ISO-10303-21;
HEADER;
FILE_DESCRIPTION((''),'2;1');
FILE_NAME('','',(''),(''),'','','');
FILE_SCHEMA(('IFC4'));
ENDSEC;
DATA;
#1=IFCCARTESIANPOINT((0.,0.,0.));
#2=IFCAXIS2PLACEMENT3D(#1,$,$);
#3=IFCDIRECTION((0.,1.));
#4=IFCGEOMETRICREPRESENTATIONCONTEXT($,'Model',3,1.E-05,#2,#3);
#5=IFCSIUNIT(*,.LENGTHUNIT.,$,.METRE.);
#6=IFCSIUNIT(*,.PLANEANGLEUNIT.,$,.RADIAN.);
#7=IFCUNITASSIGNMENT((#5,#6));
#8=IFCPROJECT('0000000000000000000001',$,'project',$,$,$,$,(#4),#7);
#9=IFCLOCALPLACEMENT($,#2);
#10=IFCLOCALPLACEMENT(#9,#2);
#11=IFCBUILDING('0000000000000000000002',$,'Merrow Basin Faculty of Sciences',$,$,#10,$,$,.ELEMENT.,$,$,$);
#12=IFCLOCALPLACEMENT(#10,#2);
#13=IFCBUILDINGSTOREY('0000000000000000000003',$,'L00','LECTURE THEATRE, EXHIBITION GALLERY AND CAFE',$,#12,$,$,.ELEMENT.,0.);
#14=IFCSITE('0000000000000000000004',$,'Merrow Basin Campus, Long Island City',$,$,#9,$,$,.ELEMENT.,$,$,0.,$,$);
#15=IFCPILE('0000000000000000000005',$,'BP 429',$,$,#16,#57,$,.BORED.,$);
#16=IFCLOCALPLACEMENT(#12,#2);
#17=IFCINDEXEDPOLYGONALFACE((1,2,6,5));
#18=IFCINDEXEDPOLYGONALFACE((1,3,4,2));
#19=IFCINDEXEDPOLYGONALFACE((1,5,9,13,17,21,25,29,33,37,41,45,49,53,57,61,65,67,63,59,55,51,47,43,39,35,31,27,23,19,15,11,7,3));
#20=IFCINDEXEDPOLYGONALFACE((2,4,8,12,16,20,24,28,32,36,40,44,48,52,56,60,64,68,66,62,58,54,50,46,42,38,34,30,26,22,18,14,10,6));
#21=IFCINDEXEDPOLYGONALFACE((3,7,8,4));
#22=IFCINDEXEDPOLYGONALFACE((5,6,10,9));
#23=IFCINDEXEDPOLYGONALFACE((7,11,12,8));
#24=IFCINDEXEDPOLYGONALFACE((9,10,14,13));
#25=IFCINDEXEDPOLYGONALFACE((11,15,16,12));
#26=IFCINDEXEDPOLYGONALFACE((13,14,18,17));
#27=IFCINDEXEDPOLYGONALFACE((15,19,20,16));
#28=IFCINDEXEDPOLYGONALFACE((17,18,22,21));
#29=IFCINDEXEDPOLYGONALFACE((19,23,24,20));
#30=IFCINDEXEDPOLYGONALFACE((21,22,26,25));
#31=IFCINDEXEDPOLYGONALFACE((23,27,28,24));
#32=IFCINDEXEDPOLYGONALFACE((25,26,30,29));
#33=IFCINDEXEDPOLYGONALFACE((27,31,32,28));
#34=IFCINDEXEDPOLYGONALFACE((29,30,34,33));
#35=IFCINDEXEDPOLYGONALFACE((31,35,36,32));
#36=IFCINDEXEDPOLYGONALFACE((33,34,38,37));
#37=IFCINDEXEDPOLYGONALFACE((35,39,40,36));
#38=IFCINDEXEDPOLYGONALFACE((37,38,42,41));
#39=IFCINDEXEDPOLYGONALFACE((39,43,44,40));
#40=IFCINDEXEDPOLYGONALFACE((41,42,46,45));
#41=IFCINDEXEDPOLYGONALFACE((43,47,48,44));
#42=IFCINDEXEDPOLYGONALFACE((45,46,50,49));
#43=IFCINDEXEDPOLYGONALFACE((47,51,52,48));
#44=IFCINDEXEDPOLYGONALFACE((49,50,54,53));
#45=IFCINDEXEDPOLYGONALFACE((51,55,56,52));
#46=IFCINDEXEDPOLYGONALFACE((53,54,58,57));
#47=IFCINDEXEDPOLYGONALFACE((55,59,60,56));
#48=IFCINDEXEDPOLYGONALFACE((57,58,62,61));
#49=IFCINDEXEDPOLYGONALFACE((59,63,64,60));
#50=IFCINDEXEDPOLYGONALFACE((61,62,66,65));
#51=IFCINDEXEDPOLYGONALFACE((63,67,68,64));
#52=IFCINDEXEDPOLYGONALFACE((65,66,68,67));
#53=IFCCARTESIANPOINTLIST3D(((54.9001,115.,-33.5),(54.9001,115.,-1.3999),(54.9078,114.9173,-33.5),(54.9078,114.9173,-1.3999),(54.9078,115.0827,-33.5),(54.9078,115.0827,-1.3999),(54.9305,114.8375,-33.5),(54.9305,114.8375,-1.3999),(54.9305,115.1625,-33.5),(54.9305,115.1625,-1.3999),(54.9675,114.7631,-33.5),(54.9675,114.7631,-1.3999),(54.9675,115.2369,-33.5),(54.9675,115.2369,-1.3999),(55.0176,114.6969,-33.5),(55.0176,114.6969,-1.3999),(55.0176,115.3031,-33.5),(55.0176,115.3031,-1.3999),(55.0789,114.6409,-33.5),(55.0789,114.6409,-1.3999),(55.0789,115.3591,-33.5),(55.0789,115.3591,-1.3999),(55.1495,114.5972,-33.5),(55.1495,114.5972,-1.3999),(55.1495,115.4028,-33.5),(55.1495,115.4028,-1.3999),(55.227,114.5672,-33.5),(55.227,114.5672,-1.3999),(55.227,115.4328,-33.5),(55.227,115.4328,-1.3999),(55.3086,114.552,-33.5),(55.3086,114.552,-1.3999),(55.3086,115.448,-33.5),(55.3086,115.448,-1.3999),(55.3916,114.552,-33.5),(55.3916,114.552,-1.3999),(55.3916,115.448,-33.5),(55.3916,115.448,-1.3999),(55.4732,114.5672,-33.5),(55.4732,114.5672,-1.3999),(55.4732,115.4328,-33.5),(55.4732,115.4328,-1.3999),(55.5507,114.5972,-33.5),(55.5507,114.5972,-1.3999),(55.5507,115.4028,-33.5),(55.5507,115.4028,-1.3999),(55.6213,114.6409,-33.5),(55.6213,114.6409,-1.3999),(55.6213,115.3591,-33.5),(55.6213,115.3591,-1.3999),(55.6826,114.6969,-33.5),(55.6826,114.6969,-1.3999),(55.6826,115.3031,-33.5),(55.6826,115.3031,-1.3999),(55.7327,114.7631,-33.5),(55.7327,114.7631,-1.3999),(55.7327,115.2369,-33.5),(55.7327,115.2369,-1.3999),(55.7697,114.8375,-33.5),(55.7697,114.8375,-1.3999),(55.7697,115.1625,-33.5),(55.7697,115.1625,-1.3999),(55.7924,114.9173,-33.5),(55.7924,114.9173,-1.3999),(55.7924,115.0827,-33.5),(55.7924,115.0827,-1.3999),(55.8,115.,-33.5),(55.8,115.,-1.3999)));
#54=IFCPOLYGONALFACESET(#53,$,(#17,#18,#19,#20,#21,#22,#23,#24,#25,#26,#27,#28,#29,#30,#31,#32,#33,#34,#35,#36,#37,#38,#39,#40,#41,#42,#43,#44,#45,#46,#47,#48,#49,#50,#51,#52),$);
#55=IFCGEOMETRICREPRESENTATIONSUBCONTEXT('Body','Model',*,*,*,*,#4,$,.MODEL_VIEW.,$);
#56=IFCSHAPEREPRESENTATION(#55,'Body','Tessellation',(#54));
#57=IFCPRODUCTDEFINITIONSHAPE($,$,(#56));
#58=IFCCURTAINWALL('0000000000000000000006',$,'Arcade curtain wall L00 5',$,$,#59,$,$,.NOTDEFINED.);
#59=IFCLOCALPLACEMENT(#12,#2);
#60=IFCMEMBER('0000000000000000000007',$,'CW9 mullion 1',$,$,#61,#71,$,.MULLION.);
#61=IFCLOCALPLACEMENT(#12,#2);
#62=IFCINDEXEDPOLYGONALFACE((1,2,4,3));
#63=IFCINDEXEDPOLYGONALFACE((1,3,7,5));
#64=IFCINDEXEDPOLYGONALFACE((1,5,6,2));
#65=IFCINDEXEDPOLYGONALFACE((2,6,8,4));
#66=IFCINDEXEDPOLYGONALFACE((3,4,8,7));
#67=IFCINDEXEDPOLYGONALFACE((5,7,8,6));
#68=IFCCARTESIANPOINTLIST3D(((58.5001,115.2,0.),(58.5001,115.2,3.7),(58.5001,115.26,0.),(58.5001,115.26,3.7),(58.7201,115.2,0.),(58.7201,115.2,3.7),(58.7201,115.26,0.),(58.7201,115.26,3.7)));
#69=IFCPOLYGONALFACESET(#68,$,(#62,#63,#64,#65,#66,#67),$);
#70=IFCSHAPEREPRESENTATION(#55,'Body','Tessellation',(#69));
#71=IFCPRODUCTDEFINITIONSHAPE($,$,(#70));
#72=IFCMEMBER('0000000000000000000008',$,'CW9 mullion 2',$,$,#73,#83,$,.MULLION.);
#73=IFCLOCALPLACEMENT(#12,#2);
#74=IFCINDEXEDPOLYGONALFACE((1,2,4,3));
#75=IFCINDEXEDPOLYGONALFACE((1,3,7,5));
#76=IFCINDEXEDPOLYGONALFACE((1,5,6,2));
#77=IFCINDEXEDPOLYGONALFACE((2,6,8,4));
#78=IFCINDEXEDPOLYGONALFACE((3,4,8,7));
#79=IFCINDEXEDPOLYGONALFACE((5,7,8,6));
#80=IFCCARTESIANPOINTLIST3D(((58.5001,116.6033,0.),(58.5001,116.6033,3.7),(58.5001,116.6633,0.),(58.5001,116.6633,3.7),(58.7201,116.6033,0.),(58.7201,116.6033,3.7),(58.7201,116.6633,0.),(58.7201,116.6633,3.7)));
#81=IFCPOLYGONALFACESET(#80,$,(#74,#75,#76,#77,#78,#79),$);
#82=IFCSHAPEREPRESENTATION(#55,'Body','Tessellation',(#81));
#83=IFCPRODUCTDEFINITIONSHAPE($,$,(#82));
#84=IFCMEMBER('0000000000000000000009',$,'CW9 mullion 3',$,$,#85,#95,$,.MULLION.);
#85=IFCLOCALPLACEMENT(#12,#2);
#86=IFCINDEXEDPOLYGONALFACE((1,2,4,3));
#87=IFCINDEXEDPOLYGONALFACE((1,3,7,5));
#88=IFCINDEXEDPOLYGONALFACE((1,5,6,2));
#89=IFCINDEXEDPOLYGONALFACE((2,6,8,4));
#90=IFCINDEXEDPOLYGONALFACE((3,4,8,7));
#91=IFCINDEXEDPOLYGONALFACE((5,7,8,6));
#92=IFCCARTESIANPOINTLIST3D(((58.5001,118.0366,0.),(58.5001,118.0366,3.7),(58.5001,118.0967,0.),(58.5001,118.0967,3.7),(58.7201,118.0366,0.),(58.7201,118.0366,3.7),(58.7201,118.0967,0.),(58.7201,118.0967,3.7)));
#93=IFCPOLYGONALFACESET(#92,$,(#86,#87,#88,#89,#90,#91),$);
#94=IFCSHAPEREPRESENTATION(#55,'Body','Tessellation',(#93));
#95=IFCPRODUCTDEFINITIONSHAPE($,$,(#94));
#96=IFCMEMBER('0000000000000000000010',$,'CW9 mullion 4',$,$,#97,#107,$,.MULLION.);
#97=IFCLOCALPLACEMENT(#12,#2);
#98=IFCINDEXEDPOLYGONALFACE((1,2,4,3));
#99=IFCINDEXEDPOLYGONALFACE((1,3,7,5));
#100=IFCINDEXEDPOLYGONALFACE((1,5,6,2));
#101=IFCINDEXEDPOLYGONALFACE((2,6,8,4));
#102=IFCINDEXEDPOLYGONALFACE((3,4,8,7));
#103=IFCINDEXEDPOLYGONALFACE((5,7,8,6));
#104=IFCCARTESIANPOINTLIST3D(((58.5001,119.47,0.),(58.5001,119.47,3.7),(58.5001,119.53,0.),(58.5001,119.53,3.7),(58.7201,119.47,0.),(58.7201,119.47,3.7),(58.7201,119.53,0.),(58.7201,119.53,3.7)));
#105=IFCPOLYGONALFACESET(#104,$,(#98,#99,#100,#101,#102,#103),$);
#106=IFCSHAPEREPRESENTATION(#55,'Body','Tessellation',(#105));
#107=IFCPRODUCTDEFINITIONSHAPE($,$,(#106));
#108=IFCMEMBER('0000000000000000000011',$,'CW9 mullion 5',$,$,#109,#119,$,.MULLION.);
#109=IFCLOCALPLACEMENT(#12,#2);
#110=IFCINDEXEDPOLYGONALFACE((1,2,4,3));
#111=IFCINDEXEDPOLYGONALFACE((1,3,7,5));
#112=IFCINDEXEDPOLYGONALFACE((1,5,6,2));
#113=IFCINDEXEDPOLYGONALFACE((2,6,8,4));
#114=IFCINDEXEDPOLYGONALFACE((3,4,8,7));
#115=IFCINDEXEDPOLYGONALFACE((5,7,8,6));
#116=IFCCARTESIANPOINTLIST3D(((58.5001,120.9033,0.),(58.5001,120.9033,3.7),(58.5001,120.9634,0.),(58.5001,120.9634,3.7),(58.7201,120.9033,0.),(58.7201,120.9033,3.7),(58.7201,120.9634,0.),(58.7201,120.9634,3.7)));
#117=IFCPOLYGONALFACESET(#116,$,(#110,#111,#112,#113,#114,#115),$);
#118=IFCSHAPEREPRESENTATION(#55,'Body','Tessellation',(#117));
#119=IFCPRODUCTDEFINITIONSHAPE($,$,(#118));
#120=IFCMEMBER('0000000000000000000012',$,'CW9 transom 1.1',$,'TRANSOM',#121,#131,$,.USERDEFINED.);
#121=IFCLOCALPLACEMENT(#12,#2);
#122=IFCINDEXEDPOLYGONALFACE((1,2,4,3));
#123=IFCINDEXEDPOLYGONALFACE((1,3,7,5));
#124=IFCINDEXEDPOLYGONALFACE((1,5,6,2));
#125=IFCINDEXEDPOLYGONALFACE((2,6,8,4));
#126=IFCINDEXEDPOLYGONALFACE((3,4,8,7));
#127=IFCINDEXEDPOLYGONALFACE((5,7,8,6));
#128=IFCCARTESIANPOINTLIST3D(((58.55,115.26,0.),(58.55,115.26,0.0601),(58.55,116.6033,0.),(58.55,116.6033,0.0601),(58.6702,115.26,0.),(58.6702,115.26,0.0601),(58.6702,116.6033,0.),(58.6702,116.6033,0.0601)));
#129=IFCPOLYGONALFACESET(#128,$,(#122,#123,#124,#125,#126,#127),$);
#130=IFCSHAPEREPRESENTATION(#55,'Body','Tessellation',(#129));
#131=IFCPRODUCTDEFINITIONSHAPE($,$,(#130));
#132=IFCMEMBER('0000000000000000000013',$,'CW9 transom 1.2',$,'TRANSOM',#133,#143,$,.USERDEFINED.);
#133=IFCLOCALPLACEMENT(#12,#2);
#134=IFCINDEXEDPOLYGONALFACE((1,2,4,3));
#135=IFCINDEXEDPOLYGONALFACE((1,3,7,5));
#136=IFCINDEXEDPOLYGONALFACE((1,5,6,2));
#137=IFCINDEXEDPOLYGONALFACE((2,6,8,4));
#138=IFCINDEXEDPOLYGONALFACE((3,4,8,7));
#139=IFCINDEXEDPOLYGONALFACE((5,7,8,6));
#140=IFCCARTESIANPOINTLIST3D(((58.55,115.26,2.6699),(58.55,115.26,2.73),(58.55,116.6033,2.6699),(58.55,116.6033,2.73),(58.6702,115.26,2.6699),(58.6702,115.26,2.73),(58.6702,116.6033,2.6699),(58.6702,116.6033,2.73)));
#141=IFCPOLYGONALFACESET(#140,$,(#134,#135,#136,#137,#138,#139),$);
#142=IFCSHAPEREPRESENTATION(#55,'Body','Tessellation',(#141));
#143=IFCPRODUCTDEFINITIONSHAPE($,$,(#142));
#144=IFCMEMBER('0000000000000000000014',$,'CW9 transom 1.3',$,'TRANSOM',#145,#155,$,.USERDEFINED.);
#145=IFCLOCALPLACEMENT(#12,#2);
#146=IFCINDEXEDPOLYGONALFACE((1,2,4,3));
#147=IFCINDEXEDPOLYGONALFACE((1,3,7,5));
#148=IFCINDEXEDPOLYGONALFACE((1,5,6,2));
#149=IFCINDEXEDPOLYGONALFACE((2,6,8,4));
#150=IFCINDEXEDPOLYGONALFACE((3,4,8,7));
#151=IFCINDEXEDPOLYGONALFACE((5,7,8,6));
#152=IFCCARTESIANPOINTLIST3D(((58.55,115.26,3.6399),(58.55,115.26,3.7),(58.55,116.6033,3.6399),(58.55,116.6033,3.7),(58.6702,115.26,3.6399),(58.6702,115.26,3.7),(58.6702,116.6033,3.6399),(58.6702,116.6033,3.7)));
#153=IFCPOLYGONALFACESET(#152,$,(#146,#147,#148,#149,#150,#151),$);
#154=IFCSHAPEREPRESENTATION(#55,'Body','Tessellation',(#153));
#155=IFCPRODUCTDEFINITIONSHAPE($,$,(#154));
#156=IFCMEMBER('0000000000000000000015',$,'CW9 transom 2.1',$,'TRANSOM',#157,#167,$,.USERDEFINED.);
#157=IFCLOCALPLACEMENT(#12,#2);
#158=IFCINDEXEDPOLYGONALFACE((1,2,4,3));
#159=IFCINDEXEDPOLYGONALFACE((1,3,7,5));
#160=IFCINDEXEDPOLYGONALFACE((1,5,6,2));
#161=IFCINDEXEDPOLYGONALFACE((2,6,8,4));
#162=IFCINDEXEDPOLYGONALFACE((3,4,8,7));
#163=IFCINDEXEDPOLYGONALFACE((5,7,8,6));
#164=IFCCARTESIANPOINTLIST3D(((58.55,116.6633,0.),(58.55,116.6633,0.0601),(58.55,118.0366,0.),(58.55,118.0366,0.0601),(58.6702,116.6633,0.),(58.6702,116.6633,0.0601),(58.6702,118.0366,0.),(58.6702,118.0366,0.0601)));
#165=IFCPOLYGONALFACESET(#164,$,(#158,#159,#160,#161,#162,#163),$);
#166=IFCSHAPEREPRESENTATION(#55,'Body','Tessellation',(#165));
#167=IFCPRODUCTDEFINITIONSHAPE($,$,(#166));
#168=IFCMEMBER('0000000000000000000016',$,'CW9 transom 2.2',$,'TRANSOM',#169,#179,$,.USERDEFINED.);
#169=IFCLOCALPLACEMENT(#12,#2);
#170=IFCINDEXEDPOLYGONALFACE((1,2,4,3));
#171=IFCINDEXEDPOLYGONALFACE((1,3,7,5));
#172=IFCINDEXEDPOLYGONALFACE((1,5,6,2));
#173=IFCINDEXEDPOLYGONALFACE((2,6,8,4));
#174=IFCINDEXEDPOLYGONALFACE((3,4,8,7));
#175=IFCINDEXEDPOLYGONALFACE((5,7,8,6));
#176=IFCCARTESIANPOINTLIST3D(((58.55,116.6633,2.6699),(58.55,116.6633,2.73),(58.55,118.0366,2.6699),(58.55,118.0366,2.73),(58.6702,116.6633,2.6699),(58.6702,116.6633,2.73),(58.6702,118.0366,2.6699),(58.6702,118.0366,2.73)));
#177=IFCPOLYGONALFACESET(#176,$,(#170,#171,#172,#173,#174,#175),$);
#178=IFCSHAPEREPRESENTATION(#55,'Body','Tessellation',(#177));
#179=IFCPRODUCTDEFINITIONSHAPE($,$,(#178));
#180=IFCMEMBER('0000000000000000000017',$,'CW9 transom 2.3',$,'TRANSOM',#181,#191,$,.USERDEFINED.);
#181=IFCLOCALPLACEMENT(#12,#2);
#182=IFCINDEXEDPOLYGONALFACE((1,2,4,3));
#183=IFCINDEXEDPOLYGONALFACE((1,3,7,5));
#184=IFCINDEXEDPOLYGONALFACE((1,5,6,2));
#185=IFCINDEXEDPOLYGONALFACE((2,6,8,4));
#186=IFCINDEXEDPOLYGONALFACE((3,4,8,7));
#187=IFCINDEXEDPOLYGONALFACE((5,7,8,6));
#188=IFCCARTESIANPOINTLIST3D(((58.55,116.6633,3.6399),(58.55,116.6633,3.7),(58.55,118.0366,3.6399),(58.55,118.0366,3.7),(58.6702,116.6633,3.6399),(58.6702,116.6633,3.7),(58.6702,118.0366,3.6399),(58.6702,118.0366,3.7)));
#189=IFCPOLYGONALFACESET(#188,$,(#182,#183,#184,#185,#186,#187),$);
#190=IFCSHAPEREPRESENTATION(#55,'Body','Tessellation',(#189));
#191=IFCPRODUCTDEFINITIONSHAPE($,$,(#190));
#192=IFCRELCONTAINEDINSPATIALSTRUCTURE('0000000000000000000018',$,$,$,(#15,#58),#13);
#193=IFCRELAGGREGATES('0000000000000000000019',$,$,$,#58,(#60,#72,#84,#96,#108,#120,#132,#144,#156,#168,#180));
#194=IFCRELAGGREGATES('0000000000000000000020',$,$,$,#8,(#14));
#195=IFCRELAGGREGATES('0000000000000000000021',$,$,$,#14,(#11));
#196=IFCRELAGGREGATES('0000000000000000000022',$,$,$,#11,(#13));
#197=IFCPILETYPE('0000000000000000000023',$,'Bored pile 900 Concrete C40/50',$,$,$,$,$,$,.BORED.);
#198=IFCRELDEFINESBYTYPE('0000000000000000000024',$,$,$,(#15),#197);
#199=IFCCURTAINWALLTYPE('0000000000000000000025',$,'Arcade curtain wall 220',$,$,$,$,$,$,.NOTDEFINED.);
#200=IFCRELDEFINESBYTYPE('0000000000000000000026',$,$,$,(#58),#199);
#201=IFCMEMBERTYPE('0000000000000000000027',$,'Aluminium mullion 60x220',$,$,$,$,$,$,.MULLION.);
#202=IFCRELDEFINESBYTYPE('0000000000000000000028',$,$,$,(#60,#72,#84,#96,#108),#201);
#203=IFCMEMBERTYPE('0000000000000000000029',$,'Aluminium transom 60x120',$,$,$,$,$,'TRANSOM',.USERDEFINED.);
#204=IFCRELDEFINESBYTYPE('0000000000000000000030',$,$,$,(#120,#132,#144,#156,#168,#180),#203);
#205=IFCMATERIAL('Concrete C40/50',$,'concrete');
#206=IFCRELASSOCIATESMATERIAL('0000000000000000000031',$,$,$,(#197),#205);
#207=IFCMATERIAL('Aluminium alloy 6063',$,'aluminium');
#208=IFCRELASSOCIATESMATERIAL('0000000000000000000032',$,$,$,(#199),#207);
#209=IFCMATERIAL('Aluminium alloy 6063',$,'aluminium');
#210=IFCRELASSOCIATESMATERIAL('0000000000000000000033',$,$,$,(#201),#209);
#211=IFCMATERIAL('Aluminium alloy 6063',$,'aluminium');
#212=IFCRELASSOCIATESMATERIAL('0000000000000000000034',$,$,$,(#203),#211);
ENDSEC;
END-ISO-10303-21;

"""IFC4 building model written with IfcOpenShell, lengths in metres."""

from ifc_helpers import new_model, si_unit, direction, frame, origin, origin_2d, place, context, subcontext, project, spatial, rectangle, circle, extrude, material, material_profile, profile_set, type_object, element, aggregate, save


model = new_model("IFC4")

# Units and contexts
model_context = context("Model", 3, precision=1e-05, world=origin(), true_north=direction((0.0, 1.0)))
body_context = subcontext(model_context, "Body", "Model", "MODEL_VIEW")
ifc_project = project(units=[si_unit("LENGTHUNIT", "METRE"), si_unit("PLANEANGLEUNIT", "RADIAN")], contexts=[model_context])

# Site, building, storey
site_placement = place(None, origin())
site = spatial("IfcSite", under=ifc_project, at=site_placement, Name="Merrow Basin Campus, Long Island City", CompositionType="ELEMENT", RefElevation=0.0)
building_placement = place(site_placement, origin())
building = spatial("IfcBuilding", under=site, at=building_placement, Name="Merrow Basin Faculty of Sciences", CompositionType="ELEMENT")
storey_placement = place(building_placement, origin())
storey = spatial("IfcBuildingStorey", under=building, at=storey_placement, Name="L00", Description="LECTURE THEATRE, EXHIBITION GALLERY AND CAFE", CompositionType="ELEMENT", Elevation=0.0)

# Pile
ifc_material_1 = material(Name="Concrete C40/50", Category="concrete")
ifc_material_profile_1 = material_profile(ifc_material_1, circle(Radius=0.45, at=origin_2d()))
ifc_profile_set_1 = profile_set([ifc_material_profile_1], Name="Concrete C40/50")
pile_type = type_object("IfcPileType", Name="Bored pile 900 Concrete C40/50", PredefinedType="BORED", material=ifc_profile_set_1)
pile_placement = place(storey_placement, frame((55.3501, 115.0, -1.3999), z_axis=(0.0, 0.0, -1.0), x_axis=(1.0, 0.0, 0.0)))
element("IfcPile", 1, at=pile_placement, inside=storey, type_object=pile_type, Name="BP 429", PredefinedType="BORED", context=body_context, shape_type="SweptSolid", body=[
    extrude(circle(Radius=0.45, at=origin_2d()), origin(), (0.0, 0.0, 1.0), 32.1001),
])

# Curtain wall, members
ifc_material_2 = material(Name="Aluminium alloy 6063", Category="aluminium")
curtain_wall_type = type_object("IfcCurtainWallType", Name="Arcade curtain wall 220", PredefinedType="NOTDEFINED", material=ifc_material_2)
curtain_wall_placement = place(storey_placement, origin())
curtain_wall = element("IfcCurtainWall", 2, at=curtain_wall_placement, inside=storey, type_object=curtain_wall_type, Name="Arcade curtain wall L00 5", PredefinedType="NOTDEFINED")
ifc_material_3 = material(Name="Aluminium alloy 6063", Category="aluminium")
ifc_material_profile_2 = material_profile(ifc_material_3, rectangle(XDim=0.22, YDim=0.0601, at=origin_2d()))
ifc_profile_set_2 = profile_set([ifc_material_profile_2], Name="Aluminium alloy 6063")
member_type_1 = type_object("IfcMemberType", Name="Aluminium mullion 60x220", PredefinedType="MULLION", material=ifc_profile_set_2)
member_1_placement = place(storey_placement, frame((58.6101, 115.23, 0.0), z_axis=(0.0, 0.0, 1.0), x_axis=(-1.0, 0.0, 0.0)))
member_1 = element("IfcMember", 3, at=member_1_placement, type_object=member_type_1, Name="CW9 mullion 1", PredefinedType="MULLION", context=body_context, shape_type="SweptSolid", body=[
    extrude(rectangle(XDim=0.22, YDim=0.0601, at=origin_2d()), origin(), (0.0, 0.0, 1.0), 3.7),
])
member_2_placement = place(storey_placement, frame((58.6101, 116.6333, 0.0), z_axis=(0.0, 0.0, 1.0), x_axis=(-1.0, 0.0, 0.0)))
member_2 = element("IfcMember", 4, at=member_2_placement, type_object=member_type_1, Name="CW9 mullion 2", PredefinedType="MULLION", context=body_context, shape_type="SweptSolid", body=[
    extrude(rectangle(XDim=0.22, YDim=0.0601, at=origin_2d()), origin(), (0.0, 0.0, 1.0), 3.7),
])
member_3_placement = place(storey_placement, frame((58.6101, 118.0667, 0.0), z_axis=(0.0, 0.0, 1.0), x_axis=(-1.0, 0.0, 0.0)))
member_3 = element("IfcMember", 5, at=member_3_placement, type_object=member_type_1, Name="CW9 mullion 3", PredefinedType="MULLION", context=body_context, shape_type="SweptSolid", body=[
    extrude(rectangle(XDim=0.22, YDim=0.0601, at=origin_2d()), origin(), (0.0, 0.0, 1.0), 3.7),
])
member_4_placement = place(storey_placement, frame((58.6101, 119.5, 0.0), z_axis=(0.0, 0.0, 1.0), x_axis=(-1.0, 0.0, 0.0)))
member_4 = element("IfcMember", 6, at=member_4_placement, type_object=member_type_1, Name="CW9 mullion 4", PredefinedType="MULLION", context=body_context, shape_type="SweptSolid", body=[
    extrude(rectangle(XDim=0.22, YDim=0.0601, at=origin_2d()), origin(), (0.0, 0.0, 1.0), 3.7),
])
member_5_placement = place(storey_placement, frame((58.6101, 120.9333, 0.0), z_axis=(0.0, 0.0, 1.0), x_axis=(-1.0, 0.0, 0.0)))
member_5 = element("IfcMember", 7, at=member_5_placement, type_object=member_type_1, Name="CW9 mullion 5", PredefinedType="MULLION", context=body_context, shape_type="SweptSolid", body=[
    extrude(rectangle(XDim=0.22, YDim=0.0601, at=origin_2d()), origin(), (0.0, 0.0, 1.0), 3.7),
])
ifc_material_4 = material(Name="Aluminium alloy 6063", Category="aluminium")
ifc_material_profile_3 = material_profile(ifc_material_4, rectangle(XDim=0.1201, YDim=0.0601, at=origin_2d()))
ifc_profile_set_3 = profile_set([ifc_material_profile_3], Name="Aluminium alloy 6063")
member_type_2 = type_object("IfcMemberType", Name="Aluminium transom 60x120", ElementType="TRANSOM", PredefinedType="USERDEFINED", material=ifc_profile_set_3)
member_6_placement = place(storey_placement, frame((58.6101, 115.26, 0.03), z_axis=(0.0, 1.0, 0.0), x_axis=(-1.0, 0.0, 0.0)))
member_6 = element("IfcMember", 8, at=member_6_placement, type_object=member_type_2, Name="CW9 transom 1.1", ObjectType="TRANSOM", PredefinedType="USERDEFINED", context=body_context, shape_type="SweptSolid", body=[
    extrude(rectangle(XDim=0.1201, YDim=0.0601, at=origin_2d()), origin(), (0.0, 0.0, 1.0), 1.3433),
])
member_7_placement = place(storey_placement, frame((58.6101, 115.26, 2.7), z_axis=(0.0, 1.0, 0.0), x_axis=(-1.0, 0.0, 0.0)))
member_7 = element("IfcMember", 9, at=member_7_placement, type_object=member_type_2, Name="CW9 transom 1.2", ObjectType="TRANSOM", PredefinedType="USERDEFINED", context=body_context, shape_type="SweptSolid", body=[
    extrude(rectangle(XDim=0.1201, YDim=0.0601, at=origin_2d()), origin(), (0.0, 0.0, 1.0), 1.3433),
])
member_8_placement = place(storey_placement, frame((58.6101, 115.26, 3.6699), z_axis=(0.0, 1.0, 0.0), x_axis=(-1.0, 0.0, 0.0)))
member_8 = element("IfcMember", 10, at=member_8_placement, type_object=member_type_2, Name="CW9 transom 1.3", ObjectType="TRANSOM", PredefinedType="USERDEFINED", context=body_context, shape_type="SweptSolid", body=[
    extrude(rectangle(XDim=0.1201, YDim=0.0601, at=origin_2d()), origin(), (0.0, 0.0, 1.0), 1.3433),
])
member_9_placement = place(storey_placement, frame((58.6101, 116.6633, 0.03), z_axis=(0.0, 1.0, 0.0), x_axis=(-1.0, 0.0, 0.0)))
member_9 = element("IfcMember", 11, at=member_9_placement, type_object=member_type_2, Name="CW9 transom 2.1", ObjectType="TRANSOM", PredefinedType="USERDEFINED", context=body_context, shape_type="SweptSolid", body=[
    extrude(rectangle(XDim=0.1201, YDim=0.0601, at=origin_2d()), origin(), (0.0, 0.0, 1.0), 1.3733),
])
member_10_placement = place(storey_placement, frame((58.6101, 116.6633, 2.7), z_axis=(0.0, 1.0, 0.0), x_axis=(-1.0, 0.0, 0.0)))
member_10 = element("IfcMember", 12, at=member_10_placement, type_object=member_type_2, Name="CW9 transom 2.2", ObjectType="TRANSOM", PredefinedType="USERDEFINED", context=body_context, shape_type="SweptSolid", body=[
    extrude(rectangle(XDim=0.1201, YDim=0.0601, at=origin_2d()), origin(), (0.0, 0.0, 1.0), 1.3733),
])
member_11_placement = place(storey_placement, frame((58.6101, 116.6633, 3.6699), z_axis=(0.0, 1.0, 0.0), x_axis=(-1.0, 0.0, 0.0)))
member_11 = element("IfcMember", 13, at=member_11_placement, type_object=member_type_2, Name="CW9 transom 2.3", ObjectType="TRANSOM", PredefinedType="USERDEFINED", context=body_context, shape_type="SweptSolid", body=[
    extrude(rectangle(XDim=0.1201, YDim=0.0601, at=origin_2d()), origin(), (0.0, 0.0, 1.0), 1.3733),
])
aggregate(curtain_wall, [member_1, member_2, member_3, member_4, member_5, member_6, member_7, member_8, member_9, member_10, member_11])

save(model, "model.ifc")
